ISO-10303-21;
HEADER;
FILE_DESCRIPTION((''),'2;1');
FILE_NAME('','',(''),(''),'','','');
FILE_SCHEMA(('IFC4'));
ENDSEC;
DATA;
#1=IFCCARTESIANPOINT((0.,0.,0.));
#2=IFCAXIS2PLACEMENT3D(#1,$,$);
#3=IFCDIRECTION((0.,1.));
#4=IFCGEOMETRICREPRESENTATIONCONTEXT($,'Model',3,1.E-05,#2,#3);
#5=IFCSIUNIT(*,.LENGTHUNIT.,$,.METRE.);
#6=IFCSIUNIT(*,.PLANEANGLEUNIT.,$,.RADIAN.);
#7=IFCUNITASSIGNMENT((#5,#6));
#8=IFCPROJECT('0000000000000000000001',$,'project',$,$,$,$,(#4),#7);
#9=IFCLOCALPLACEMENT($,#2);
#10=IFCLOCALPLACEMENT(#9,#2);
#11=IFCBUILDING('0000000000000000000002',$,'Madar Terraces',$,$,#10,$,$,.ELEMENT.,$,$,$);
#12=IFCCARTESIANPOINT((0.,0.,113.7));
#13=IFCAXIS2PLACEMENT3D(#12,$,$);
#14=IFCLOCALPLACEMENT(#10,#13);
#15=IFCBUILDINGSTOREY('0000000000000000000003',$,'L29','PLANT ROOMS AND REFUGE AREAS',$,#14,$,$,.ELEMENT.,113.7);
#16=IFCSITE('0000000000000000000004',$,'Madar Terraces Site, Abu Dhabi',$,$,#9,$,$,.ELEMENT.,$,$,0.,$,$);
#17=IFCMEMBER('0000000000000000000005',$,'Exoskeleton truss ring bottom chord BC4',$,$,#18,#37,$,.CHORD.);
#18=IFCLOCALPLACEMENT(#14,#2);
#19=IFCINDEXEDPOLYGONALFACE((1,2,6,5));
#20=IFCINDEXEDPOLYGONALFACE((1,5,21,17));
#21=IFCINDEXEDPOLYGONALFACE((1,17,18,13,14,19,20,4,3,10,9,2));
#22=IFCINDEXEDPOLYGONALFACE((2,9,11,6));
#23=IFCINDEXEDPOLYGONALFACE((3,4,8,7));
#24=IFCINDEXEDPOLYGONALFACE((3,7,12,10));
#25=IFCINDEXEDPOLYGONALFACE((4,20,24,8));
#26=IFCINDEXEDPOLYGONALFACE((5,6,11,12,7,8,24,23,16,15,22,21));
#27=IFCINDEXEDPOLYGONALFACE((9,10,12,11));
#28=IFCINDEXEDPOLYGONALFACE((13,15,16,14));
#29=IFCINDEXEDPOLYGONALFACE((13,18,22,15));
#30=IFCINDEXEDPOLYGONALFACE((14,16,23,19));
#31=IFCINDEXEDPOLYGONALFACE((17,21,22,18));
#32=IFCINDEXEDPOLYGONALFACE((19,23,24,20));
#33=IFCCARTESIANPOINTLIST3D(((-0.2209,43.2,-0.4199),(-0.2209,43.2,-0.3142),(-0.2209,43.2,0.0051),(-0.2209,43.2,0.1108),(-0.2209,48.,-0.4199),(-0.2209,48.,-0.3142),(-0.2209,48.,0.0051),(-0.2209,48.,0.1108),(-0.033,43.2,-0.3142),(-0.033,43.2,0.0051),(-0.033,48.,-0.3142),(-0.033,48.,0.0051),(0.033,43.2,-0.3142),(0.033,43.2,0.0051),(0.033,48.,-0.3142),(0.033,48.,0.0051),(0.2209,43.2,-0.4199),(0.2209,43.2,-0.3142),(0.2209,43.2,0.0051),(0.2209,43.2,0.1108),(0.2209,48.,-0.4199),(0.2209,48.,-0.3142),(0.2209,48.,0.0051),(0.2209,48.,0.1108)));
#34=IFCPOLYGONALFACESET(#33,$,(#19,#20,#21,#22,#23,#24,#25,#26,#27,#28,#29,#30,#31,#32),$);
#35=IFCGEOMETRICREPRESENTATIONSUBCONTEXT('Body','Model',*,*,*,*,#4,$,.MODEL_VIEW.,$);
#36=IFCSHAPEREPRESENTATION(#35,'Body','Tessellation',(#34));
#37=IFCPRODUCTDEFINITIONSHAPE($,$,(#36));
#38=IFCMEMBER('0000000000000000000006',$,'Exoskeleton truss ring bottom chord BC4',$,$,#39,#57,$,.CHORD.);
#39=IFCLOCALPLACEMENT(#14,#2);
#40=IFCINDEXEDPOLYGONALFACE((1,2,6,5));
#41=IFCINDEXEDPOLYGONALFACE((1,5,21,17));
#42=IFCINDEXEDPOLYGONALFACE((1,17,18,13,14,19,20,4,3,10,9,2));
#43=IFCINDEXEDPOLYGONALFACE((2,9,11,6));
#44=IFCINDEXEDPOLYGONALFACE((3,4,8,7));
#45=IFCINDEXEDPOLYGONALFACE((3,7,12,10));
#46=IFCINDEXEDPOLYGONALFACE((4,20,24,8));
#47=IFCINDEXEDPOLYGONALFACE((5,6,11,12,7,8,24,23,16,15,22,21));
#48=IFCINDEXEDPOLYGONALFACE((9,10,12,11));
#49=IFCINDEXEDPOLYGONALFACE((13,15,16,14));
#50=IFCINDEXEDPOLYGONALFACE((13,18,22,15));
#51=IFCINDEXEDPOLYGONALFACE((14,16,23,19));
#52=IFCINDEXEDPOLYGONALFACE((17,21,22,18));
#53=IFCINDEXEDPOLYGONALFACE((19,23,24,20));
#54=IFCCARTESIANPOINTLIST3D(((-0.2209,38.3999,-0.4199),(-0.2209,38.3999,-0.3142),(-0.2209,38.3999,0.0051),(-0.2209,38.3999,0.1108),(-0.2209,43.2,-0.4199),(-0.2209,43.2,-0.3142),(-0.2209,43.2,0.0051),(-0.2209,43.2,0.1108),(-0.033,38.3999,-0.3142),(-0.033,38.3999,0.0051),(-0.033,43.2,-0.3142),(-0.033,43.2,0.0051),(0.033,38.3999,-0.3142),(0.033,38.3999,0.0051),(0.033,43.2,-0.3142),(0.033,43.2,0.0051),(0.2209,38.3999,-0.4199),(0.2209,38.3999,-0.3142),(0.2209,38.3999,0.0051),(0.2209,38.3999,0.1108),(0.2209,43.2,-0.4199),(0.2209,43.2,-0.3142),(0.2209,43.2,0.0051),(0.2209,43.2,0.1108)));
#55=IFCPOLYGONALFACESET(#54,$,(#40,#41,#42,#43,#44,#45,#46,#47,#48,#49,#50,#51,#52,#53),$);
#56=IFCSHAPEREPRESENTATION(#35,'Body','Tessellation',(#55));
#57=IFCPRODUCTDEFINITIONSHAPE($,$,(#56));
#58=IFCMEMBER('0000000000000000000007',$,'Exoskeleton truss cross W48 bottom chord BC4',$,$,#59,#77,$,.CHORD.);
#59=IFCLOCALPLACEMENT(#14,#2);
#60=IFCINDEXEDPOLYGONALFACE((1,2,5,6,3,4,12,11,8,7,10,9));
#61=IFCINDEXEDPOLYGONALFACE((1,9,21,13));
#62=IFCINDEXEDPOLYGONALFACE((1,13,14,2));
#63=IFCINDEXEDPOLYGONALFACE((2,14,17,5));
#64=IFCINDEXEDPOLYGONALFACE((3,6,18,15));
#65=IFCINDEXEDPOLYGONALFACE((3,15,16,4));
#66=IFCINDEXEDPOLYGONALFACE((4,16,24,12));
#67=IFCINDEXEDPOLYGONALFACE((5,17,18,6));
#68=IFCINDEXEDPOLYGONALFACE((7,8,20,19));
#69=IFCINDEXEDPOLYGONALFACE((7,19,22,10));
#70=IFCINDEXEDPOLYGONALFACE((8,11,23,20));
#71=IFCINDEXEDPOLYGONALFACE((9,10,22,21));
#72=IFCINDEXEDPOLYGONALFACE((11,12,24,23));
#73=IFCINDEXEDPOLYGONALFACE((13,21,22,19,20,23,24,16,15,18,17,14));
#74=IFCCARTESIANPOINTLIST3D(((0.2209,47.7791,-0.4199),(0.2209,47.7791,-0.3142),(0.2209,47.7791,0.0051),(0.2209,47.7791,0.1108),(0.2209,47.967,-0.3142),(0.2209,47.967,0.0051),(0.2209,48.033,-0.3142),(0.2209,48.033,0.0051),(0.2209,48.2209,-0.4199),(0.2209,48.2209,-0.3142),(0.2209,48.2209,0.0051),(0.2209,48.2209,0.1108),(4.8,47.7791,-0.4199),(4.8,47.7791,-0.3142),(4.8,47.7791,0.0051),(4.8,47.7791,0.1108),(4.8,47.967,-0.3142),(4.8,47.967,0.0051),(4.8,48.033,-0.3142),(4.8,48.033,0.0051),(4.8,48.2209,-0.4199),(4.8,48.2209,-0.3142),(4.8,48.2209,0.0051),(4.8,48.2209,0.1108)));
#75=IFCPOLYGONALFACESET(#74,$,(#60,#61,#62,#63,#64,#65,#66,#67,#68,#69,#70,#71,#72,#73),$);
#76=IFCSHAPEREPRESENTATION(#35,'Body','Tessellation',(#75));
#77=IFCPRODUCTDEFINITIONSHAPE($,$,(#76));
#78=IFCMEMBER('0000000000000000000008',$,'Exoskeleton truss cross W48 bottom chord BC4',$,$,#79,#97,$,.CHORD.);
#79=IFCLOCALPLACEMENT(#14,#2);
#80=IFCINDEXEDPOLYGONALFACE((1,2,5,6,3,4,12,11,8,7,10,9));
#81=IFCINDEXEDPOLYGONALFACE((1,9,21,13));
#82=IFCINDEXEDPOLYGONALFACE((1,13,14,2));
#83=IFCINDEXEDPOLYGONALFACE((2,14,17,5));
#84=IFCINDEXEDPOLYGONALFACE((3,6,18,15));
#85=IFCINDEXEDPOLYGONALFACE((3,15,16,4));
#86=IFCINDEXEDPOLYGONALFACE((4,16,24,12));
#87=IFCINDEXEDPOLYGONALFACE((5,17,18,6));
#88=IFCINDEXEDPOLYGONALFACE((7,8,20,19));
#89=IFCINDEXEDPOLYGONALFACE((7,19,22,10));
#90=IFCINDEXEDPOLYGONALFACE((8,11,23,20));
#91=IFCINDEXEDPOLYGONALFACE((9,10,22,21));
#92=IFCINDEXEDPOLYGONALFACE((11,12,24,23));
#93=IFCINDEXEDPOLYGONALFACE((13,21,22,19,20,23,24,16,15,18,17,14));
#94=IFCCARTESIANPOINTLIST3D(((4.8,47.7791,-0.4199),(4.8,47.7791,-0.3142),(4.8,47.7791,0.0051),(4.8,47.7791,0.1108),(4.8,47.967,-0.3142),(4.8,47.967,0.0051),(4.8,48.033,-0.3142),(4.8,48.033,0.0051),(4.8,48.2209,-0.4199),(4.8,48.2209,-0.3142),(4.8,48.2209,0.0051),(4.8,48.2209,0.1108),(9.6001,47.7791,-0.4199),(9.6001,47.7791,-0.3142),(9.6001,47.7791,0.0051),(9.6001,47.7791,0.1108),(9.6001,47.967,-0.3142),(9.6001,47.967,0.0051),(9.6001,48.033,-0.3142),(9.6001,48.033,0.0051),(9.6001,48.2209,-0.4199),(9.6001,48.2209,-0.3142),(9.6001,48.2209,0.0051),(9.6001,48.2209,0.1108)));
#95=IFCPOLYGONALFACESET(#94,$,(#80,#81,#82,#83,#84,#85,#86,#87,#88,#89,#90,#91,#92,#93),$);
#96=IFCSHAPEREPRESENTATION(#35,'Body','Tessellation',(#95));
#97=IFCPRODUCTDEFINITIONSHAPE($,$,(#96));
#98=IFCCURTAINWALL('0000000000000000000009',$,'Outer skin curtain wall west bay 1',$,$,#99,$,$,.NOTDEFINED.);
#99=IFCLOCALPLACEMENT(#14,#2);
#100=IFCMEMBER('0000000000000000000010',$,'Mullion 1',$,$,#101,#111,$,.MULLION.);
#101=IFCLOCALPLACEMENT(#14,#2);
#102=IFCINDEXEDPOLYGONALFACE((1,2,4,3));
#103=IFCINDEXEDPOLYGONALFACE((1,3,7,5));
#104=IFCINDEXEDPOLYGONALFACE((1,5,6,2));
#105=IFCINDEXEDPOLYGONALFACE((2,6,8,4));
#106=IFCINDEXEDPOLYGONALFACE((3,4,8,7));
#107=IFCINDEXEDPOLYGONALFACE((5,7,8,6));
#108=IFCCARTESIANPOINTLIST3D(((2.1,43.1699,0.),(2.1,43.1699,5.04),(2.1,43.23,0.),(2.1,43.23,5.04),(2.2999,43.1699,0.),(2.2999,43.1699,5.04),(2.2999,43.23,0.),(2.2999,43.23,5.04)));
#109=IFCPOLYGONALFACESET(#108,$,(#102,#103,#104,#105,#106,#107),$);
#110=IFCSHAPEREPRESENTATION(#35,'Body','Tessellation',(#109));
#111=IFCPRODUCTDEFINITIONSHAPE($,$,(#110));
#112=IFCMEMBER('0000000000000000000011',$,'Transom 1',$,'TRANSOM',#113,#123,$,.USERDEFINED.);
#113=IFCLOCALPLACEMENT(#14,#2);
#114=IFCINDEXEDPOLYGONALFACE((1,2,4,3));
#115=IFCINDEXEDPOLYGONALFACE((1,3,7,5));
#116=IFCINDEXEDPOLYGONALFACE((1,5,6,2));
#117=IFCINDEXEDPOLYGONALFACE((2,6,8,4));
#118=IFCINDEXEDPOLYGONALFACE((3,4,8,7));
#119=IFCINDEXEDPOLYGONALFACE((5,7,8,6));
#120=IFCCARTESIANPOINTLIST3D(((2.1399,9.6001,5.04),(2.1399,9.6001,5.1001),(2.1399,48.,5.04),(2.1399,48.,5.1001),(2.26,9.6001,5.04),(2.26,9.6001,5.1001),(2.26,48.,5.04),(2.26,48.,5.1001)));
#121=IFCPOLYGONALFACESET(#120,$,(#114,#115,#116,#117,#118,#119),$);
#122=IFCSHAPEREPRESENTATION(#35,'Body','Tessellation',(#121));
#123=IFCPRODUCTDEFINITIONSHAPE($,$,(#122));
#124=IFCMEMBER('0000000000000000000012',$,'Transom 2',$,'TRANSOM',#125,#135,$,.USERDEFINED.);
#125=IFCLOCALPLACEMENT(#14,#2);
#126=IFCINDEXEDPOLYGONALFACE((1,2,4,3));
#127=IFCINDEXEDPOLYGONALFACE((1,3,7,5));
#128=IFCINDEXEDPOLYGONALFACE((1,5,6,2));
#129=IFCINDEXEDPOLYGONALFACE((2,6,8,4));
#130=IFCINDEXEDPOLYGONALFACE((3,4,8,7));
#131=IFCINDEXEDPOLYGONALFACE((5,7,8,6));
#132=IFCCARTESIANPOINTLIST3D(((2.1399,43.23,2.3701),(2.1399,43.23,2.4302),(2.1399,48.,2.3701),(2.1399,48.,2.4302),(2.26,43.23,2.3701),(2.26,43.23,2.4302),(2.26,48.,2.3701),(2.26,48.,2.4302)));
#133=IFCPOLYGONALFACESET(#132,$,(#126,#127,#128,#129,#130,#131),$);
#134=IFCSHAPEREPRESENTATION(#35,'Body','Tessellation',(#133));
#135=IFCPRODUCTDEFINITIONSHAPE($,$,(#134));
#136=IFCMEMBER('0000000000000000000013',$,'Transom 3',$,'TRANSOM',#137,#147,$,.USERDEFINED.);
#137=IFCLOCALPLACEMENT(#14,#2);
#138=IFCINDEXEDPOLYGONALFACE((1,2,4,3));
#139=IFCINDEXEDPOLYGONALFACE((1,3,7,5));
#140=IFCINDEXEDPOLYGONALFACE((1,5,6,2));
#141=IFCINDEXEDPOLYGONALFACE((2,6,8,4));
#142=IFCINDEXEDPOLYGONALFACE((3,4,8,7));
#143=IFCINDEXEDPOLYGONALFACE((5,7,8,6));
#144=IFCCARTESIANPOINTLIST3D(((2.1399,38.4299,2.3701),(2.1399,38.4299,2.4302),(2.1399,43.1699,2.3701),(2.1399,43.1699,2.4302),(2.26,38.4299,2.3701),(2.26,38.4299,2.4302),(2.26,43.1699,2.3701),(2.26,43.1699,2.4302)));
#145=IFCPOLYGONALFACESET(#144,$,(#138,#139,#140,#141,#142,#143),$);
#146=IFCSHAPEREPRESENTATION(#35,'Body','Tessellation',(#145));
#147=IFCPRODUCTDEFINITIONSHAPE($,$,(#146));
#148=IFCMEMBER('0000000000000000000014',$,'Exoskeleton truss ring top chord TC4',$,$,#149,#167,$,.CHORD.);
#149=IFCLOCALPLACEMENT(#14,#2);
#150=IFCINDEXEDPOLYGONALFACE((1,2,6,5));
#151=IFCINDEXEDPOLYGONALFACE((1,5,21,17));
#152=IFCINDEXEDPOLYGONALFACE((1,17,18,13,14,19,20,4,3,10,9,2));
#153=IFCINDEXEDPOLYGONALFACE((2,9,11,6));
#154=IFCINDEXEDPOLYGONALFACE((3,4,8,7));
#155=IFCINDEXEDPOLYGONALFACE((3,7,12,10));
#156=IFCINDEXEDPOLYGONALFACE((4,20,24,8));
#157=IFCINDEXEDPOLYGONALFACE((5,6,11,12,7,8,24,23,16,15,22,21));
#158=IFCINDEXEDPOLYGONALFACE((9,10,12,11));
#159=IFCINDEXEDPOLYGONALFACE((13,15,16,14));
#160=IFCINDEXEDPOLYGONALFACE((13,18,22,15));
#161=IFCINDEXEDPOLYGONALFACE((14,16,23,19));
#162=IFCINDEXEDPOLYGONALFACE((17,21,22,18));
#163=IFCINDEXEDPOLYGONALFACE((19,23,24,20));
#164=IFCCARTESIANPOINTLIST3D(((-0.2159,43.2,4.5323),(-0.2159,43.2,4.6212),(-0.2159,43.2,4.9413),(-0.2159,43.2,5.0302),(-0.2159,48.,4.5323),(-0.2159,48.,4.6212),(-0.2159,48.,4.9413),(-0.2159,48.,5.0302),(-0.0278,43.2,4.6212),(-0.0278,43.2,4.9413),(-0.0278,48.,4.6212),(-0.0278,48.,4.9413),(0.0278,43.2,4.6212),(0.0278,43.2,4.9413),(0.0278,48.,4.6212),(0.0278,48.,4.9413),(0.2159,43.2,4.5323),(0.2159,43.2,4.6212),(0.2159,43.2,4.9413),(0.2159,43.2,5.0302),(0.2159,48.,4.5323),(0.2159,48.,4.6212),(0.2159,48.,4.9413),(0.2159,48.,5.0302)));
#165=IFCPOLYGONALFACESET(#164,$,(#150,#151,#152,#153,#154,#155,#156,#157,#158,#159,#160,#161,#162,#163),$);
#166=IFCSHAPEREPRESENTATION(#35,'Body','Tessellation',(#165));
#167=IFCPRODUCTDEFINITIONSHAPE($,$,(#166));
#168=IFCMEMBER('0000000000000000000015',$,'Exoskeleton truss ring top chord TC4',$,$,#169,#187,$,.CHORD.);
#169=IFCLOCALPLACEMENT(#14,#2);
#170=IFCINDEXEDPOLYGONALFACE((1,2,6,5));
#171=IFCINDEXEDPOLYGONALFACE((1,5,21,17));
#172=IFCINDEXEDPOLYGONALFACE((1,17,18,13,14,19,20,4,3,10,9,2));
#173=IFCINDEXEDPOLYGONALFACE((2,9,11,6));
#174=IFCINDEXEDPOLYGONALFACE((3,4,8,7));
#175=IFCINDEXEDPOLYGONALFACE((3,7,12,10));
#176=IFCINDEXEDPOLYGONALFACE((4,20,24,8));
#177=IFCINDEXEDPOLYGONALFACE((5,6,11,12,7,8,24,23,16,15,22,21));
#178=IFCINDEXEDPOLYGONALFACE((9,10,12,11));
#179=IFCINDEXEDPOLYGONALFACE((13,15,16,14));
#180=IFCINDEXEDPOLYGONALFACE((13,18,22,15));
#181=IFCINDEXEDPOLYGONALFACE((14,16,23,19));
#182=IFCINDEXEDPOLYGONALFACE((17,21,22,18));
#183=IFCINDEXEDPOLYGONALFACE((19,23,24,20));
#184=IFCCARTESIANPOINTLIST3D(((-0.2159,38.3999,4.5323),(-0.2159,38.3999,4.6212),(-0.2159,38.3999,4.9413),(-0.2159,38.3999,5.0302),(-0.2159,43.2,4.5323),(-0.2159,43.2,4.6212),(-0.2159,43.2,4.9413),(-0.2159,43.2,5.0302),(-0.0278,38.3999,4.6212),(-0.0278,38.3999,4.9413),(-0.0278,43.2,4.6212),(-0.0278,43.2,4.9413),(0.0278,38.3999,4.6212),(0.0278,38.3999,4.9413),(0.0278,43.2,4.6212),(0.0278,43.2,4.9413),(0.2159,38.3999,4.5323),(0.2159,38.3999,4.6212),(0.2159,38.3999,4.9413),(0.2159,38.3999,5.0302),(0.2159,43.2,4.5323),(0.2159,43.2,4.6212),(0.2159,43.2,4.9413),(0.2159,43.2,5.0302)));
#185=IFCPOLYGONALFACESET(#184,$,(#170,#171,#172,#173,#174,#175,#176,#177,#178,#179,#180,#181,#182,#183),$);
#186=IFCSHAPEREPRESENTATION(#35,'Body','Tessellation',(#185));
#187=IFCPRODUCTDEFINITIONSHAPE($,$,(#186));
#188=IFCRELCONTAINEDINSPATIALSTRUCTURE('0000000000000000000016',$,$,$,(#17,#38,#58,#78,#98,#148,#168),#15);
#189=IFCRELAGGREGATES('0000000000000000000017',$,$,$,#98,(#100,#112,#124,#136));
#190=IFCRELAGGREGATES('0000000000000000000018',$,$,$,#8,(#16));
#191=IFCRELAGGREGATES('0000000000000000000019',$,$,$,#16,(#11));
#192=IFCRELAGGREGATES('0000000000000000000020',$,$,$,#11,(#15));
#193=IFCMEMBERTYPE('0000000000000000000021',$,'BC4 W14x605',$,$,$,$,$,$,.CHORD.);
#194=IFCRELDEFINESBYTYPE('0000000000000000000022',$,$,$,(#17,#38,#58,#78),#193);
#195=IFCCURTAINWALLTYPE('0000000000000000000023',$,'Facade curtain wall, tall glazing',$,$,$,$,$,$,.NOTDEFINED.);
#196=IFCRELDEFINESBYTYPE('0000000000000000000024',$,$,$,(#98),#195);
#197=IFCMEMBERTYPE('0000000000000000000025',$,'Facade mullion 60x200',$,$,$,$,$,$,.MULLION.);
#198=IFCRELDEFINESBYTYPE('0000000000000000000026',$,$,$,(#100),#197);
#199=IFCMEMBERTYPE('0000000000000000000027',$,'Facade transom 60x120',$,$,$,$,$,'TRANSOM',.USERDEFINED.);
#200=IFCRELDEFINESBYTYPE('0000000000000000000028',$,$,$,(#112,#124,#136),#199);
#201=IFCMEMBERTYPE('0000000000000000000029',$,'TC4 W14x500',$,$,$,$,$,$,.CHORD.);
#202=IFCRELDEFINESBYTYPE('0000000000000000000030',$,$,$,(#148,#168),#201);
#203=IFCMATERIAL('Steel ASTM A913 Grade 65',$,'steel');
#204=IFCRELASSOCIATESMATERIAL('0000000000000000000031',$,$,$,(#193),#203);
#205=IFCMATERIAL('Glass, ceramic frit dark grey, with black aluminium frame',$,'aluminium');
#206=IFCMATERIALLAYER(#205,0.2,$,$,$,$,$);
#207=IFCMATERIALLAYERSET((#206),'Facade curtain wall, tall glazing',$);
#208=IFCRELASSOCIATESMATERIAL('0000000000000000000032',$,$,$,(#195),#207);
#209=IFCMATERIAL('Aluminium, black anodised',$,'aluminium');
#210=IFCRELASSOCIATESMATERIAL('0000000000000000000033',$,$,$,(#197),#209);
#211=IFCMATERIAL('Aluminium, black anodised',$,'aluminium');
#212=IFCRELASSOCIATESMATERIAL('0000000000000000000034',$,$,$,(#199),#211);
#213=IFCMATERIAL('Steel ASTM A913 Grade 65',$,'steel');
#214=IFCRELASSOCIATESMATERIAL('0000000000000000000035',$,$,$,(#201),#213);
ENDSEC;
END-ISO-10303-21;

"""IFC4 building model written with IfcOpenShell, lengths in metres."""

from ifc_helpers import new_model, si_unit, direction, frame, origin, origin_2d, place, context, subcontext, project, spatial, rectangle, i_section, extrude, material, layer, layer_set, material_profile, profile_set, type_object, element, aggregate, save


model = new_model("IFC4")

# Units and contexts
model_context = context("Model", 3, precision=1e-05, world=origin(), true_north=direction((0.0, 1.0)))
body_context = subcontext(model_context, "Body", "Model", "MODEL_VIEW")
ifc_project = project(units=[si_unit("LENGTHUNIT", "METRE"), si_unit("PLANEANGLEUNIT", "RADIAN")], contexts=[model_context])

# Site, building, storey
site_placement = place(None, origin())
site = spatial("IfcSite", under=ifc_project, at=site_placement, Name="Madar Terraces Site, Abu Dhabi", CompositionType="ELEMENT", RefElevation=0.0)
building_placement = place(site_placement, origin())
building = spatial("IfcBuilding", under=site, at=building_placement, Name="Madar Terraces", CompositionType="ELEMENT")
storey_placement = place(building_placement, frame((0.0, 0.0, 113.7)))
storey = spatial("IfcBuildingStorey", under=building, at=storey_placement, Name="L29", Description="PLANT ROOMS AND REFUGE AREAS", CompositionType="ELEMENT", Elevation=113.7)

# Members
ifc_material_1 = material(Name="Steel ASTM A913 Grade 65", Category="steel")
ifc_material_profile_1 = material_profile(ifc_material_1, i_section(OverallWidth=0.4419, OverallDepth=0.5308, WebThickness=0.0659, FlangeThickness=0.1057, at=origin_2d()), Name="W14x605")
ifc_profile_set_1 = profile_set([ifc_material_profile_1], Name="Steel ASTM A913 Grade 65")
member_type_1 = type_object("IfcMemberType", Name="BC4 W14x605", PredefinedType="CHORD", material=ifc_profile_set_1)
for number, where, z_axis, x_axis, name in (
    (1, (0.0, 48.0, -0.1545), (0.0, -1.0, 0.0), (1.0, 0.0, 0.0), "Exoskeleton truss ring bottom chord BC4"),
    (2, (0.0, 43.2, -0.1545), (0.0, -1.0, 0.0), (1.0, 0.0, 0.0), "Exoskeleton truss ring bottom chord BC4"),
):
    element("IfcMember", number, at=place(storey_placement, frame(where, z_axis=z_axis, x_axis=x_axis)), inside=storey, type_object=member_type_1, Name=name, PredefinedType="CHORD", context=body_context, shape_type="SweptSolid", body=[
        extrude(i_section(OverallWidth=0.4419, OverallDepth=0.5308, WebThickness=0.0659, FlangeThickness=0.1057, at=origin_2d()), origin(), (0.0, 0.0, 1.0), 4.8),
    ])
member_1_placement = place(storey_placement, frame((0.2209, 48.0, -0.1545), z_axis=(1.0, 0.0, 0.0), x_axis=(0.0, 1.0, 0.0)))
element("IfcMember", 3, at=member_1_placement, inside=storey, type_object=member_type_1, Name="Exoskeleton truss cross W48 bottom chord BC4", PredefinedType="CHORD", context=body_context, shape_type="SweptSolid", body=[
    extrude(i_section(OverallWidth=0.4419, OverallDepth=0.5308, WebThickness=0.0659, FlangeThickness=0.1057, at=origin_2d()), origin(), (0.0, 0.0, 1.0), 4.5791),
])
member_2_placement = place(storey_placement, frame((4.8, 48.0, -0.1545), z_axis=(1.0, 0.0, 0.0), x_axis=(0.0, 1.0, 0.0)))
element("IfcMember", 4, at=member_2_placement, inside=storey, type_object=member_type_1, Name="Exoskeleton truss cross W48 bottom chord BC4", PredefinedType="CHORD", context=body_context, shape_type="SweptSolid", body=[
    extrude(i_section(OverallWidth=0.4419, OverallDepth=0.5308, WebThickness=0.0659, FlangeThickness=0.1057, at=origin_2d()), origin(), (0.0, 0.0, 1.0), 4.8),
])

# Curtain wall, members
ifc_material_2 = material(Name="Glass, ceramic frit dark grey, with black aluminium frame", Category="aluminium")
ifc_layer_1 = layer(ifc_material_2, 0.2)
ifc_layer_set_1 = layer_set([ifc_layer_1], Name="Facade curtain wall, tall glazing")
curtain_wall_type = type_object("IfcCurtainWallType", Name="Facade curtain wall, tall glazing", PredefinedType="NOTDEFINED", material=ifc_layer_set_1)
curtain_wall_placement = place(storey_placement, origin())
curtain_wall = element("IfcCurtainWall", 5, at=curtain_wall_placement, inside=storey, type_object=curtain_wall_type, Name="Outer skin curtain wall west bay 1", PredefinedType="NOTDEFINED")
ifc_material_3 = material(Name="Aluminium, black anodised", Category="aluminium")
ifc_material_profile_2 = material_profile(ifc_material_3, rectangle(XDim=0.2, YDim=0.0601, at=origin_2d()), Name="Facade mullion 60x200")
ifc_profile_set_2 = profile_set([ifc_material_profile_2], Name="Aluminium, black anodised")
member_type_2 = type_object("IfcMemberType", Name="Facade mullion 60x200", PredefinedType="MULLION", material=ifc_profile_set_2)
member_3_placement = place(storey_placement, frame((2.2, 43.2, 0.0), z_axis=(0.0, 0.0, 1.0), x_axis=(1.0, 0.0, 0.0)))
member_3 = element("IfcMember", 6, at=member_3_placement, type_object=member_type_2, Name="Mullion 1", PredefinedType="MULLION", context=body_context, shape_type="SweptSolid", body=[
    extrude(rectangle(XDim=0.2, YDim=0.0601, at=origin_2d()), origin(), (0.0, 0.0, 1.0), 5.04),
])
ifc_material_4 = material(Name="Aluminium, black anodised", Category="aluminium")
ifc_material_profile_3 = material_profile(ifc_material_4, rectangle(XDim=0.1201, YDim=0.0601, at=origin_2d()), Name="Facade transom 60x120")
ifc_profile_set_3 = profile_set([ifc_material_profile_3], Name="Aluminium, black anodised")
member_type_3 = type_object("IfcMemberType", Name="Facade transom 60x120", ElementType="TRANSOM", PredefinedType="USERDEFINED", material=ifc_profile_set_3)
member_4_placement = place(storey_placement, frame((2.2, 48.0, 5.0701), z_axis=(0.0, -1.0, 0.0), x_axis=(1.0, 0.0, 0.0)))
member_4 = element("IfcMember", 7, at=member_4_placement, type_object=member_type_3, Name="Transom 1", ObjectType="TRANSOM", PredefinedType="USERDEFINED", context=body_context, shape_type="SweptSolid", body=[
    extrude(rectangle(XDim=0.1201, YDim=0.0601, at=origin_2d()), origin(), (0.0, 0.0, 1.0), 38.3999),
])
member_5_placement = place(storey_placement, frame((2.2, 48.0, 2.4001), z_axis=(0.0, -1.0, 0.0), x_axis=(1.0, 0.0, 0.0)))
member_5 = element("IfcMember", 8, at=member_5_placement, type_object=member_type_3, Name="Transom 2", ObjectType="TRANSOM", PredefinedType="USERDEFINED", context=body_context, shape_type="SweptSolid", body=[
    extrude(rectangle(XDim=0.1201, YDim=0.0601, at=origin_2d()), origin(), (0.0, 0.0, 1.0), 4.77),
])
member_6_placement = place(storey_placement, frame((2.2, 43.1699, 2.4001), z_axis=(0.0, -1.0, 0.0), x_axis=(1.0, 0.0, 0.0)))
member_6 = element("IfcMember", 9, at=member_6_placement, type_object=member_type_3, Name="Transom 3", ObjectType="TRANSOM", PredefinedType="USERDEFINED", context=body_context, shape_type="SweptSolid", body=[
    extrude(rectangle(XDim=0.1201, YDim=0.0601, at=origin_2d()), origin(), (0.0, 0.0, 1.0), 4.74),
])

# Members
ifc_material_5 = material(Name="Steel ASTM A913 Grade 65", Category="steel")
ifc_material_profile_4 = material_profile(ifc_material_5, i_section(OverallWidth=0.4319, OverallDepth=0.4978, WebThickness=0.0557, FlangeThickness=0.0889, at=origin_2d()), Name="W14x500")
ifc_profile_set_4 = profile_set([ifc_material_profile_4], Name="Steel ASTM A913 Grade 65")
member_type_4 = type_object("IfcMemberType", Name="TC4 W14x500", PredefinedType="CHORD", material=ifc_profile_set_4)
for number, where, z_axis, x_axis, name in (
    (10, (0.0, 48.0, 4.7812), (0.0, -1.0, 0.0), (1.0, 0.0, 0.0), "Exoskeleton truss ring top chord TC4"),
    (11, (0.0, 43.2, 4.7812), (0.0, -1.0, 0.0), (1.0, 0.0, 0.0), "Exoskeleton truss ring top chord TC4"),
):
    element("IfcMember", number, at=place(storey_placement, frame(where, z_axis=z_axis, x_axis=x_axis)), inside=storey, type_object=member_type_4, Name=name, PredefinedType="CHORD", context=body_context, shape_type="SweptSolid", body=[
        extrude(i_section(OverallWidth=0.4319, OverallDepth=0.4978, WebThickness=0.0557, FlangeThickness=0.0889, at=origin_2d()), origin(), (0.0, 0.0, 1.0), 4.8),
    ])

aggregate(curtain_wall, [member_3, member_4, member_5, member_6])

save(model, "model.ifc")
